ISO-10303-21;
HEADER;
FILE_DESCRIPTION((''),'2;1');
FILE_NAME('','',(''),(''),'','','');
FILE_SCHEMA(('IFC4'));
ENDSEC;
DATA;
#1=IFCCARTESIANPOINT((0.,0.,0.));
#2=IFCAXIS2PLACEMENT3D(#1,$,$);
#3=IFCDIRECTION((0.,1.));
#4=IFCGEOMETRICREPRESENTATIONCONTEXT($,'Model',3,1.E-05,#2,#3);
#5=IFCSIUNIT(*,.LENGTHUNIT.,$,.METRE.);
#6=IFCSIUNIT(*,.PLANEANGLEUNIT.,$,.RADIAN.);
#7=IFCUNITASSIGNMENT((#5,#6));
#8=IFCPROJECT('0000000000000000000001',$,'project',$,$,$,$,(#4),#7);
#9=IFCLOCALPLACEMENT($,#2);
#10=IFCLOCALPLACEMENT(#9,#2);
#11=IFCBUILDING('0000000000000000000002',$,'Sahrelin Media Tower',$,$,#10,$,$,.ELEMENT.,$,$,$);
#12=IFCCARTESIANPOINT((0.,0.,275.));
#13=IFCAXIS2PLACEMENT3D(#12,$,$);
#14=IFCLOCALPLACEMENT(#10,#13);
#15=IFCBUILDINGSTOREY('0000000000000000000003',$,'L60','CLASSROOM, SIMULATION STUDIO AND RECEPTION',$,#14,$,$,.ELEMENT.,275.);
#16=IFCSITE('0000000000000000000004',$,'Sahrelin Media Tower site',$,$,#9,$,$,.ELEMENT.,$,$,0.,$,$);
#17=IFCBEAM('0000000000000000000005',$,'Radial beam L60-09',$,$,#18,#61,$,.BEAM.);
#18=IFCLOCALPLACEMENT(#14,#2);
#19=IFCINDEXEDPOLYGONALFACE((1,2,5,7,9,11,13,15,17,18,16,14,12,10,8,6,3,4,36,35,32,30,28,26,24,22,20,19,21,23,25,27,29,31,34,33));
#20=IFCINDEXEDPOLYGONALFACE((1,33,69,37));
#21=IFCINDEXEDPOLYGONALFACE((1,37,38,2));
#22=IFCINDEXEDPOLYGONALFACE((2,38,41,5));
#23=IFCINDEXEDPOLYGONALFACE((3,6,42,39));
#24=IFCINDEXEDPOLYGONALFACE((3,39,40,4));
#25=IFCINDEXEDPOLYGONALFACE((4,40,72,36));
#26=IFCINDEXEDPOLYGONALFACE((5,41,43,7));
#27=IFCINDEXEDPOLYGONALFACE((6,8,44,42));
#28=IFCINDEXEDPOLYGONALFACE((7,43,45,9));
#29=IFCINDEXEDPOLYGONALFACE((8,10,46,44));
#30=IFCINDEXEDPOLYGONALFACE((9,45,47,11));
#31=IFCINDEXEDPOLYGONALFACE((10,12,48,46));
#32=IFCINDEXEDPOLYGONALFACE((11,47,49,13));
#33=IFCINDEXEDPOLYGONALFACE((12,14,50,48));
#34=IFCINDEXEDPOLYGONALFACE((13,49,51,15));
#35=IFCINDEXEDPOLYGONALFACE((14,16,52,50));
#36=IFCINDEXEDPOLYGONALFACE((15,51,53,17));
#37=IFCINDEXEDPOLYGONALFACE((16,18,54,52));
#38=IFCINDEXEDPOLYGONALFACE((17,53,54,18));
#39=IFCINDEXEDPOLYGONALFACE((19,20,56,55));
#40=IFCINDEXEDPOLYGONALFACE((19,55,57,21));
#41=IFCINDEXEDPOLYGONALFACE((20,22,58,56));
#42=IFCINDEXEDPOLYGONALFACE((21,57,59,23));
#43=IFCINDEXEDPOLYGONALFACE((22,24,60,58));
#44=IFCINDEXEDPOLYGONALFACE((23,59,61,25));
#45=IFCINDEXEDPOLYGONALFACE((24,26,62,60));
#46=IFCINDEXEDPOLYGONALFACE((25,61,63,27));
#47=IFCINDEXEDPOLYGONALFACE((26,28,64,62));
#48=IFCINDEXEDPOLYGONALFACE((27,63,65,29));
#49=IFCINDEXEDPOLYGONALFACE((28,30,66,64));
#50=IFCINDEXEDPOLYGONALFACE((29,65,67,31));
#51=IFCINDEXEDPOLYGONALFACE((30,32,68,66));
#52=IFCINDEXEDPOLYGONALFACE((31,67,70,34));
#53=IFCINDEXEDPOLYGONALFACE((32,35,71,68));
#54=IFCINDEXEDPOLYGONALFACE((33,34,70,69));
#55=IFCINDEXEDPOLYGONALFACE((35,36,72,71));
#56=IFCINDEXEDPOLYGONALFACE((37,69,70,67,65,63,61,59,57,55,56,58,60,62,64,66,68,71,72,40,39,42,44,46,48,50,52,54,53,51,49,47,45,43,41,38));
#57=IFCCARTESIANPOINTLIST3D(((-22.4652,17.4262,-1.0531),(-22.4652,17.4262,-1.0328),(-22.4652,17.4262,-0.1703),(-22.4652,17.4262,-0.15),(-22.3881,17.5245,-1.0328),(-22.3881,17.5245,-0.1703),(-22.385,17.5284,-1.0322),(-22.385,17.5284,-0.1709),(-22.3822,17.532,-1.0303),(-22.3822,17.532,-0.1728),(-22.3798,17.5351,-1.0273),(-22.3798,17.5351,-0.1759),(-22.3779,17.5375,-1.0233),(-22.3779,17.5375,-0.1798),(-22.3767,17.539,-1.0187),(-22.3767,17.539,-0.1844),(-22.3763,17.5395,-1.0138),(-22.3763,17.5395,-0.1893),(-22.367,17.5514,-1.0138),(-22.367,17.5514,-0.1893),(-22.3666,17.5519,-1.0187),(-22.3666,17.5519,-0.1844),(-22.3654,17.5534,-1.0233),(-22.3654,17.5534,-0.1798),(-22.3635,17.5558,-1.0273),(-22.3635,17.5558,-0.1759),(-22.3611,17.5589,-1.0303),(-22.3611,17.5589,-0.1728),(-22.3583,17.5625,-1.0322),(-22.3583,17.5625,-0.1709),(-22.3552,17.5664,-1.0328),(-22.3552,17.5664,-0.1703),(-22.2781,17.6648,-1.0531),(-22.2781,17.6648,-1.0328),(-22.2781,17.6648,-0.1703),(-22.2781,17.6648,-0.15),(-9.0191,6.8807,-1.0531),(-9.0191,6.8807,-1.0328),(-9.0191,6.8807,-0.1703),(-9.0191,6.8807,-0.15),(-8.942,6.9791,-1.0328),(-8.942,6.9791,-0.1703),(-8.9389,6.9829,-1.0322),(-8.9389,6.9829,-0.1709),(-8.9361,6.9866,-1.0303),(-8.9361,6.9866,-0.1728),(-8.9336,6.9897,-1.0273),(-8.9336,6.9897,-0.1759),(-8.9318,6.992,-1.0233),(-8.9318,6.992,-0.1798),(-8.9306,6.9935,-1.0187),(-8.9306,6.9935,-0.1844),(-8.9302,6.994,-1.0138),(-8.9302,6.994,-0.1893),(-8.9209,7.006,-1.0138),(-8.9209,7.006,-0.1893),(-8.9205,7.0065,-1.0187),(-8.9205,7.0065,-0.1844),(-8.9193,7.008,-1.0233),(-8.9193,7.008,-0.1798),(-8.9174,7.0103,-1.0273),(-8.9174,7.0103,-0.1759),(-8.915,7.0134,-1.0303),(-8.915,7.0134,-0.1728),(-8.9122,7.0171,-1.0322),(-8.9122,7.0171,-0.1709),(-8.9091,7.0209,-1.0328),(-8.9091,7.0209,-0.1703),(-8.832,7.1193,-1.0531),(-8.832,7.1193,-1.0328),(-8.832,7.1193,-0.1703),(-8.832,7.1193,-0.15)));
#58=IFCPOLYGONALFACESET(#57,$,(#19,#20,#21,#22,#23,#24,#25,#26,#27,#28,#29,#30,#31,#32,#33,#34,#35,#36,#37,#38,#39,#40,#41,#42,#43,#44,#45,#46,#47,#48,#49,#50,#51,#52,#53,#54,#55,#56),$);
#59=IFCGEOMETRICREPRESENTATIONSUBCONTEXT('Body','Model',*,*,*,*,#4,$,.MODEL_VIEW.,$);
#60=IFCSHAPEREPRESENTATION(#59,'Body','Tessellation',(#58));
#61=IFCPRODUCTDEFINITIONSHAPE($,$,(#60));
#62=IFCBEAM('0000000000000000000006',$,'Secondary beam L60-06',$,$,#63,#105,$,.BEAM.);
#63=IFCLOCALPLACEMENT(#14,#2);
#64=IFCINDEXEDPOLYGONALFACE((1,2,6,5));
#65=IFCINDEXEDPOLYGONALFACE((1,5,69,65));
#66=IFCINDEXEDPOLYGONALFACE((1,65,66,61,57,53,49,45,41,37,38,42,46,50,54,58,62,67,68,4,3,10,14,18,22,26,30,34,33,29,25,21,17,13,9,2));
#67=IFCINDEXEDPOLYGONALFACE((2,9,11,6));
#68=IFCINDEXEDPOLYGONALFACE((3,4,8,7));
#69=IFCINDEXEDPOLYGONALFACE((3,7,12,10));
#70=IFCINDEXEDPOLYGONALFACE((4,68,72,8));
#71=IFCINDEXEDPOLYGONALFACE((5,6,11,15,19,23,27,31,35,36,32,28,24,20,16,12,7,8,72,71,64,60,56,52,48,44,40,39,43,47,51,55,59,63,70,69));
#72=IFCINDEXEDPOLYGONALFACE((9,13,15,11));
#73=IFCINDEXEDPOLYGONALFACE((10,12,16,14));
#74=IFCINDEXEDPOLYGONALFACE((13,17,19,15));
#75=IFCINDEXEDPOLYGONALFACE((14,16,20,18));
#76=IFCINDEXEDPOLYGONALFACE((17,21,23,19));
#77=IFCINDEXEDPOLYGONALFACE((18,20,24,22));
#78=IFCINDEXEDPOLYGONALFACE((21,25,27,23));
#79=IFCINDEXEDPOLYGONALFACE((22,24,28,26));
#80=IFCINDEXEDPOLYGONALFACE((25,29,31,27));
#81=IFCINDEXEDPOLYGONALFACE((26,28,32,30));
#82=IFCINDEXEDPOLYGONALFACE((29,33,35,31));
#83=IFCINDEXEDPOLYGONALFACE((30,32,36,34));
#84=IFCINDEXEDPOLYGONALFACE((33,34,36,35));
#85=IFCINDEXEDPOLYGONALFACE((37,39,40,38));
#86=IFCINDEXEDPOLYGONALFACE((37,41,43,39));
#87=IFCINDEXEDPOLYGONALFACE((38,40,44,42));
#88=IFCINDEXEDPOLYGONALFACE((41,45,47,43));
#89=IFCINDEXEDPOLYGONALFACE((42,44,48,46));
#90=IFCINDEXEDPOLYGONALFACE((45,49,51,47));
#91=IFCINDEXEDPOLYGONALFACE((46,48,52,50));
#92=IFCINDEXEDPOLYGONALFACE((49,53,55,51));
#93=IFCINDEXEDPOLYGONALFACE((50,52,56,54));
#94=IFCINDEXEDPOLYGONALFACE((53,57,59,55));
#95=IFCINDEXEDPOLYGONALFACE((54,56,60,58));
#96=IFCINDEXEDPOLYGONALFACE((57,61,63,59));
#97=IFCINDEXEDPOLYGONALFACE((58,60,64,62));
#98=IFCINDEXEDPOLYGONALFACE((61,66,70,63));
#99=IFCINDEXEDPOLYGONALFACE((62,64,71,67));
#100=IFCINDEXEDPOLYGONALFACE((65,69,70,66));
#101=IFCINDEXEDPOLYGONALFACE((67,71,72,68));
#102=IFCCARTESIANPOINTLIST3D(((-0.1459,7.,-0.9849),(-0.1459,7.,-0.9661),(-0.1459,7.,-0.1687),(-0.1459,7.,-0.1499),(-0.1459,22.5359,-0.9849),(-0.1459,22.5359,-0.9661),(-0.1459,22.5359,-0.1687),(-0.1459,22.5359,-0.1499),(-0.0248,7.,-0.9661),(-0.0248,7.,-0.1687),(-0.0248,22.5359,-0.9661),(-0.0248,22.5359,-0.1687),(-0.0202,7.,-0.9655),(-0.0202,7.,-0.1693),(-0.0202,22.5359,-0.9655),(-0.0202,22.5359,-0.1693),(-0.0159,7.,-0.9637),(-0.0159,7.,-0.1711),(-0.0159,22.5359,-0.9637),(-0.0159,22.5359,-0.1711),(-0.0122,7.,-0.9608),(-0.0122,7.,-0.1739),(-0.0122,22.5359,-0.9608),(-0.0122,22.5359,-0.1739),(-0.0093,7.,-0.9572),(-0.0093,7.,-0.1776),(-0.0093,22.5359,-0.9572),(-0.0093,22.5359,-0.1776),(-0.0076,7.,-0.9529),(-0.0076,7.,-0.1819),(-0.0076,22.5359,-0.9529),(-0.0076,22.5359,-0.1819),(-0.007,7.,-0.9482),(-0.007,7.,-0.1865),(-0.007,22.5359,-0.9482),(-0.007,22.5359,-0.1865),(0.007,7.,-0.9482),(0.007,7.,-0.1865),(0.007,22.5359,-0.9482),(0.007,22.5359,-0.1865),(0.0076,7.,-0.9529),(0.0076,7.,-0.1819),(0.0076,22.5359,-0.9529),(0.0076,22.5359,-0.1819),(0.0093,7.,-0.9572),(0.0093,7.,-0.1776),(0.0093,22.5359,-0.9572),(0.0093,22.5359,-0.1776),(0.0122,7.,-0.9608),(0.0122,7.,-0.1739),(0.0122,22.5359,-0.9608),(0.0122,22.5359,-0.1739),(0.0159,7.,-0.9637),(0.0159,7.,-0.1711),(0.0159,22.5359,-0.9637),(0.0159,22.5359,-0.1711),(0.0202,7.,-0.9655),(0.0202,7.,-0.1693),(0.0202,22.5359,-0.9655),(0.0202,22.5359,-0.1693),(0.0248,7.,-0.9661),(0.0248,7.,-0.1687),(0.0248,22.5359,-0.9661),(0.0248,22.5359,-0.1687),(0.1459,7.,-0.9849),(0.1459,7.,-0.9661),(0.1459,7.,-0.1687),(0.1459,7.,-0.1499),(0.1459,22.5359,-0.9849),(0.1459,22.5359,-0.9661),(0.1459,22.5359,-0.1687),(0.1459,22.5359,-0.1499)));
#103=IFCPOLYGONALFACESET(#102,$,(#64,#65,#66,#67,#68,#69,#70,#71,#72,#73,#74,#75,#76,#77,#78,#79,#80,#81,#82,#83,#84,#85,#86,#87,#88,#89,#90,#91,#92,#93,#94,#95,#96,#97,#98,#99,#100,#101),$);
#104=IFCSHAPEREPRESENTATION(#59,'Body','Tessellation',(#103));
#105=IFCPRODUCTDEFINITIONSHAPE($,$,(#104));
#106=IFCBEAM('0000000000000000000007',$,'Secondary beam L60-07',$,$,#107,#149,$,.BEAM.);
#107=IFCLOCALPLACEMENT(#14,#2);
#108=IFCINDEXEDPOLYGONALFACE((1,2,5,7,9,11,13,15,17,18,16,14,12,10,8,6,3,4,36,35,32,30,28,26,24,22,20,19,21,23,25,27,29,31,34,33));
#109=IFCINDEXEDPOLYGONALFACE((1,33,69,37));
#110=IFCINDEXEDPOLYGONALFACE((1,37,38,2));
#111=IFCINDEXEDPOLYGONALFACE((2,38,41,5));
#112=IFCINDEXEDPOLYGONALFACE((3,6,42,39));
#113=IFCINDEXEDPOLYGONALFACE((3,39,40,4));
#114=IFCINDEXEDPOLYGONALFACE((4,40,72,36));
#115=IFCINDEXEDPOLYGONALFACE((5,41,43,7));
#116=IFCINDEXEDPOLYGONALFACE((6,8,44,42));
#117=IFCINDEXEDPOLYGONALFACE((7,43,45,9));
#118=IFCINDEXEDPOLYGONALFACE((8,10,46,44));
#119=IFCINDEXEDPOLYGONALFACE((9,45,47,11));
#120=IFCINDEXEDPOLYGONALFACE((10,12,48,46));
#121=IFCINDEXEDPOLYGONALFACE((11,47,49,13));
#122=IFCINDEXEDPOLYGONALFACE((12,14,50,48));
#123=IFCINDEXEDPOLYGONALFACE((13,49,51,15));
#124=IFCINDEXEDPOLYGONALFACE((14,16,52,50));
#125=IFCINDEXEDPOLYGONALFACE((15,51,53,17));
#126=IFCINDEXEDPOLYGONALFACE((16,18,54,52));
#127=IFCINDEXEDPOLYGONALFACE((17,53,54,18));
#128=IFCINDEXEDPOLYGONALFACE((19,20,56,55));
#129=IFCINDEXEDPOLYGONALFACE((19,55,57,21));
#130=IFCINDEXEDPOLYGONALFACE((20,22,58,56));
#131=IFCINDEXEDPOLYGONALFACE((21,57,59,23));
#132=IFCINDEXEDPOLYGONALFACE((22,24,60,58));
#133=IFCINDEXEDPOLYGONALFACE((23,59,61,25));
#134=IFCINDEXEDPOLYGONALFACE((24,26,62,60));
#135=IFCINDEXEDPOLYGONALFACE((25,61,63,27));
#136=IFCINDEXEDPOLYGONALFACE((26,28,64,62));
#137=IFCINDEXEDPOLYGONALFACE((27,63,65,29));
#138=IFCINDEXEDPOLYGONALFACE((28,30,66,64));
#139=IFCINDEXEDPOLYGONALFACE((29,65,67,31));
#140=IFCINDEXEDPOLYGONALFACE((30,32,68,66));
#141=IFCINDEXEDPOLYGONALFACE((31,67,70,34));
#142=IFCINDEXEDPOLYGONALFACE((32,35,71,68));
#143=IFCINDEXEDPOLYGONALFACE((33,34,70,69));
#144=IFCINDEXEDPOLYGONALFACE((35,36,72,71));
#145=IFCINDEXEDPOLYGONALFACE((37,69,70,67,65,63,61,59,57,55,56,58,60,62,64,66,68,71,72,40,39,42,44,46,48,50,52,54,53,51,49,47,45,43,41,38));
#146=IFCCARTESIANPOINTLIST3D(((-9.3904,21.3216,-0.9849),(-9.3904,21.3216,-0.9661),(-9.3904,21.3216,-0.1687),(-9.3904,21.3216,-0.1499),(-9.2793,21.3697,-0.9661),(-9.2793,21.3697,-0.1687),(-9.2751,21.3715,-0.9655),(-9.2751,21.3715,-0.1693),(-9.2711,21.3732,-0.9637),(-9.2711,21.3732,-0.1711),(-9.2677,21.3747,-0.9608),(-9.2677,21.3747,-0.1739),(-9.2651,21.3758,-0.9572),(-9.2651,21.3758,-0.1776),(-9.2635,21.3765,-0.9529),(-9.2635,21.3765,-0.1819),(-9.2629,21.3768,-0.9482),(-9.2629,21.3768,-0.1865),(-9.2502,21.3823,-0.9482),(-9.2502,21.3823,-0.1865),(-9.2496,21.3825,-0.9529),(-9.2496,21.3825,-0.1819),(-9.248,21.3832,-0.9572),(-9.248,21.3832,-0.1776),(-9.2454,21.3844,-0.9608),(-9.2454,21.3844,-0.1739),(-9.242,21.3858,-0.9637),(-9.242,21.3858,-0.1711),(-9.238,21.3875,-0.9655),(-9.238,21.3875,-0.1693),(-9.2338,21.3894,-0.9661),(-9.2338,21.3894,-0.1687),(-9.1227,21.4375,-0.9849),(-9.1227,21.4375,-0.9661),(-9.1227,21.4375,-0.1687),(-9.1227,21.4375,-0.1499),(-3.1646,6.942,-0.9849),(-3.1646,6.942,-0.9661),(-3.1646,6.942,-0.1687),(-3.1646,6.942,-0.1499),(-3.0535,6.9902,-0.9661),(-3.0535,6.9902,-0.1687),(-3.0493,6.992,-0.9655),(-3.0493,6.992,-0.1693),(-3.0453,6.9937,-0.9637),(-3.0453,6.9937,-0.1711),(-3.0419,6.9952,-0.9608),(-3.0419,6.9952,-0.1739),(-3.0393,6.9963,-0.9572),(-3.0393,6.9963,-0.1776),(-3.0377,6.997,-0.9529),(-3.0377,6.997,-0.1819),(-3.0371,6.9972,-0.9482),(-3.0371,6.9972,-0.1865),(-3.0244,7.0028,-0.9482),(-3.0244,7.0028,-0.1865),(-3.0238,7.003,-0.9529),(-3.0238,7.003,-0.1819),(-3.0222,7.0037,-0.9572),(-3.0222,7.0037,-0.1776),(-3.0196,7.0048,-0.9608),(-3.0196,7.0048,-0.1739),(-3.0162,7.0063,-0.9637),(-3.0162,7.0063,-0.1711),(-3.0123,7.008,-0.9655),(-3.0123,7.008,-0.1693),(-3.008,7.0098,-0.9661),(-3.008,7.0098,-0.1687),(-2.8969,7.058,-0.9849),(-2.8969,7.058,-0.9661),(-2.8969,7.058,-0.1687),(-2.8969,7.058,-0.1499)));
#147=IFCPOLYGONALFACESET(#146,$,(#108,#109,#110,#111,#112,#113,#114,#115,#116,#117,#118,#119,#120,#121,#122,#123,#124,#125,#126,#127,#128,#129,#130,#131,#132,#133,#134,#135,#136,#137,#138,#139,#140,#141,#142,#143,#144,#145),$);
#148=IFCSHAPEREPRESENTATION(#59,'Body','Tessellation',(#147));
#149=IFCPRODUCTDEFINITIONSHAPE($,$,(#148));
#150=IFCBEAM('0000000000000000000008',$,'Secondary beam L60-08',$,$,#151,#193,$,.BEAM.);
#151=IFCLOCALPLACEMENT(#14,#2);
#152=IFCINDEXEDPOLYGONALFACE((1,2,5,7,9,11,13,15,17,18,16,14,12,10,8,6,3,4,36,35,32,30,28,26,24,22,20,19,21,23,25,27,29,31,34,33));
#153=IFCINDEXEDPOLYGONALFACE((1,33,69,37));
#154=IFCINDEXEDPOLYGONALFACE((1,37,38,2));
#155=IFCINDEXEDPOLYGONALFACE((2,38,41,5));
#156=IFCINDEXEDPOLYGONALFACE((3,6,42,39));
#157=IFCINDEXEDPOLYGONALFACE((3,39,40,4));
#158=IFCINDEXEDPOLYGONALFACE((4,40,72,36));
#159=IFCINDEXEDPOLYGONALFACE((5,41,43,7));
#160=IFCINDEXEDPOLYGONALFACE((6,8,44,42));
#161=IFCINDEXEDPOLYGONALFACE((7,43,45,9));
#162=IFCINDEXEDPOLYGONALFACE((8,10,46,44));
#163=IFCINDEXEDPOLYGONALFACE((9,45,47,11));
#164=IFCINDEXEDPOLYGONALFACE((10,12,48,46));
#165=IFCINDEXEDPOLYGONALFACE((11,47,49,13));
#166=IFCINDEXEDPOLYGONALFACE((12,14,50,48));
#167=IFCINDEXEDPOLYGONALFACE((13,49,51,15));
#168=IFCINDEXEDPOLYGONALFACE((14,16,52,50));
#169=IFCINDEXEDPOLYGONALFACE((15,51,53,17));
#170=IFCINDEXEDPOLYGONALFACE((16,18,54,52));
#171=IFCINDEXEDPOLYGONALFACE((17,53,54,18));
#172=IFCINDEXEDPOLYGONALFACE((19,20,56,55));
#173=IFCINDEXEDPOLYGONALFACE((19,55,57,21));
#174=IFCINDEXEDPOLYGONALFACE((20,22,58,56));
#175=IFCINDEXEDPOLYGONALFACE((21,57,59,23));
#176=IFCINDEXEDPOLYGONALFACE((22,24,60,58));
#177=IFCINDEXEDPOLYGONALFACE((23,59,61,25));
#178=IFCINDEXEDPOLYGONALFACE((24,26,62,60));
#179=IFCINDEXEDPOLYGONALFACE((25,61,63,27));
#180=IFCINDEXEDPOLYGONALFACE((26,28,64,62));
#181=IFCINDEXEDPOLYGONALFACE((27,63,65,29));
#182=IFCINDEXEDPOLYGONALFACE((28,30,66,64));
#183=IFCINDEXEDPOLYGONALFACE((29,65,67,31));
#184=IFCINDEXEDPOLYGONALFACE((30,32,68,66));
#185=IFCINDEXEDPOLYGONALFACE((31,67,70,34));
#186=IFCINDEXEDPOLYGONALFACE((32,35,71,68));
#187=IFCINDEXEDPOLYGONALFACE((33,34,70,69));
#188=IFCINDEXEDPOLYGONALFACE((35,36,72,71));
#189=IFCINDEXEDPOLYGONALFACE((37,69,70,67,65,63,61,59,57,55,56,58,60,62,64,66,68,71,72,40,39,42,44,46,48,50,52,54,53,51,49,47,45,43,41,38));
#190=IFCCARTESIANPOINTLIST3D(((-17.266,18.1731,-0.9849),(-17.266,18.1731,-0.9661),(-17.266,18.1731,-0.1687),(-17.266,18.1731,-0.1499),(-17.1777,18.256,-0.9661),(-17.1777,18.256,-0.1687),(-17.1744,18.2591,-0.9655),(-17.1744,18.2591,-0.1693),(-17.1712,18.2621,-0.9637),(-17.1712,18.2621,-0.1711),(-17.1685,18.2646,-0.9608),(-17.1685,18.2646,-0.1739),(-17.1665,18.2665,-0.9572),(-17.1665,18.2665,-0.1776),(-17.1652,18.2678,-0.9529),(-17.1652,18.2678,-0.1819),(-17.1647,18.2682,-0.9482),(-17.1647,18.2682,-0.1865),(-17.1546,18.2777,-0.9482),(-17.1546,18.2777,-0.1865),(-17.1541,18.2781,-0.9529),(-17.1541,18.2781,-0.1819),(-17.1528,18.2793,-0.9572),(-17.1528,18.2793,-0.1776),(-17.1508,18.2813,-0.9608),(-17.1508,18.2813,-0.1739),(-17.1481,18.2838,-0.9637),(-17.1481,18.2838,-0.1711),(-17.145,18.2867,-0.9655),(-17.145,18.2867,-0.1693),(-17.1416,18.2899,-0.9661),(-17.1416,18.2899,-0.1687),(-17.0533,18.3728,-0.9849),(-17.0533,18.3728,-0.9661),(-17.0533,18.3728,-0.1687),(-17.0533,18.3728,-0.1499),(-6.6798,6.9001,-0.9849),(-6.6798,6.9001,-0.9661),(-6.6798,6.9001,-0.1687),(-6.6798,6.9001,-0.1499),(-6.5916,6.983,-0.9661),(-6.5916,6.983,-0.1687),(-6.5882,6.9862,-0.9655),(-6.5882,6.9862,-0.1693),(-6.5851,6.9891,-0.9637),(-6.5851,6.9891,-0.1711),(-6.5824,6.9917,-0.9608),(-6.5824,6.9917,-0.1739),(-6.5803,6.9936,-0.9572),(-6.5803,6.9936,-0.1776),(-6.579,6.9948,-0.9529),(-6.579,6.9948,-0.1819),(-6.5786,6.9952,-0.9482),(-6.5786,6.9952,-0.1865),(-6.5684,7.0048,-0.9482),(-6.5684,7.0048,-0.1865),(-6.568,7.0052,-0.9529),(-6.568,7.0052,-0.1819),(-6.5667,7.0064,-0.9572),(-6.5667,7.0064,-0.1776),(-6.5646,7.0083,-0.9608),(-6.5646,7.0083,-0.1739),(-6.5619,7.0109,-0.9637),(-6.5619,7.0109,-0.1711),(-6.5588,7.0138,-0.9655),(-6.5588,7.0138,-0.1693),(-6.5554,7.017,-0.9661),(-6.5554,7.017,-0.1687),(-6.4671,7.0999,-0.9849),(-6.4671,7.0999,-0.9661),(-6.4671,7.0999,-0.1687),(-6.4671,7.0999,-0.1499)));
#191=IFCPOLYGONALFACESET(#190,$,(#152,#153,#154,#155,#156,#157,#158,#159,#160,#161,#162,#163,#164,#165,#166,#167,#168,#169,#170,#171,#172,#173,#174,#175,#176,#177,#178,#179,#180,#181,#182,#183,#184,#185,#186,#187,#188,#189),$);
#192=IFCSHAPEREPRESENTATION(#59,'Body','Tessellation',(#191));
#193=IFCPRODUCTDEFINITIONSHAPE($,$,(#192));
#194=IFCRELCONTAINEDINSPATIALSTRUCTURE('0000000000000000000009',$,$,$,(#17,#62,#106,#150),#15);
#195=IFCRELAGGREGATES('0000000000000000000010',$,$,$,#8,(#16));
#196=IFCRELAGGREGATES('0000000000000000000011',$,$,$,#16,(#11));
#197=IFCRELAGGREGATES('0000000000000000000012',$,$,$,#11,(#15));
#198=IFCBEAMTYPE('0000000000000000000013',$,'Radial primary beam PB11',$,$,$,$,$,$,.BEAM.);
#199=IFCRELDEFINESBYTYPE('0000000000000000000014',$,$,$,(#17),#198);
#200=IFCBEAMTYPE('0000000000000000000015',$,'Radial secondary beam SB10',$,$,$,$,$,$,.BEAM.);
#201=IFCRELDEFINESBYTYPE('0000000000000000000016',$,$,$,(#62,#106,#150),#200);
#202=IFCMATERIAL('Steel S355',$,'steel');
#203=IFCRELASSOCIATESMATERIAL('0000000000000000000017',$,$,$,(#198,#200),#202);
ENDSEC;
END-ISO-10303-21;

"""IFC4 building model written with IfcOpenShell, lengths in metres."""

from ifc_helpers import new_model, si_unit, direction, frame, origin, origin_2d, place, context, subcontext, project, spatial, i_section, extrude, material, material_profile, profile_set, type_object, element, save


model = new_model("IFC4")

# Units and contexts
model_context = context("Model", 3, precision=1e-05, world=origin(), true_north=direction((0.0, 1.0)))
body_context = subcontext(model_context, "Body", "Model", "MODEL_VIEW")
ifc_project = project(units=[si_unit("LENGTHUNIT", "METRE"), si_unit("PLANEANGLEUNIT", "RADIAN")], contexts=[model_context])

# Site, building, storey
site_placement = place(None, origin())
site = spatial("IfcSite", under=ifc_project, at=site_placement, Name="Sahrelin Media Tower site", CompositionType="ELEMENT", RefElevation=0.0)
building_placement = place(site_placement, origin())
building = spatial("IfcBuilding", under=site, at=building_placement, Name="Sahrelin Media Tower", CompositionType="ELEMENT")
storey_placement = place(building_placement, frame((0.0, 0.0, 275.0)))
storey = spatial("IfcBuildingStorey", under=building, at=storey_placement, Name="L60", Description="CLASSROOM, SIMULATION STUDIO AND RECEPTION", CompositionType="ELEMENT", Elevation=275.0)

# Shared definitions
ifc_material_1 = material(Name="Steel S355", Category="steel")

# Beams
ifc_material_profile_1 = material_profile(ifc_material_1, i_section(OverallWidth=0.3032, OverallDepth=0.9031, WebThickness=0.0151, FlangeThickness=0.0203, FilletRadius=0.019, at=origin_2d()), Name="UB 914x305x201")
ifc_profile_set_1 = profile_set([ifc_material_profile_1], Name="Steel S355")
beam_type_1 = type_object("IfcBeamType", Name="Radial primary beam PB11", PredefinedType="BEAM", material=ifc_profile_set_1)
beam_1_placement = place(storey_placement, frame((-8.9255, 7.0, -0.6016), z_axis=(-0.786868, 0.617122, 0.0), x_axis=(-0.617122, -0.786868, 0.0)))
element("IfcBeam", 1, at=beam_1_placement, inside=storey, type_object=beam_type_1, Name="Radial beam L60-09", PredefinedType="BEAM", context=body_context, shape_type="SweptSolid", body=[
    extrude(i_section(OverallWidth=0.3032, OverallDepth=0.9031, WebThickness=0.0151, FlangeThickness=0.0203, FilletRadius=0.019, at=origin_2d()), origin(), (0.0, 0.0, 1.0), 17.0881),
])
ifc_material_profile_2 = material_profile(ifc_material_1, i_section(OverallWidth=0.2917, OverallDepth=0.835, WebThickness=0.0139, FlangeThickness=0.0188, FilletRadius=0.0178, at=origin_2d()), Name="UB 838x292x176")
ifc_profile_set_2 = profile_set([ifc_material_profile_2], Name="Steel S355")
beam_type_2 = type_object("IfcBeamType", Name="Radial secondary beam SB10", PredefinedType="BEAM", material=ifc_profile_set_2)
beam_2_placement = place(storey_placement, frame((0.0, 7.0, -0.5674), z_axis=(0.0, 1.0, 0.0), x_axis=(-1.0, 0.0, 0.0)))
element("IfcBeam", 2, at=beam_2_placement, inside=storey, type_object=beam_type_2, Name="Secondary beam L60-06", PredefinedType="BEAM", context=body_context, shape_type="SweptSolid", body=[
    extrude(i_section(OverallWidth=0.2917, OverallDepth=0.835, WebThickness=0.0139, FlangeThickness=0.0188, FilletRadius=0.0178, at=origin_2d()), origin(), (0.0, 0.0, 1.0), 15.5359),
])
beam_3_placement = place(storey_placement, frame((-3.0308, 7.0, -0.5674), z_axis=(-0.39732, 0.91768, 0.0), x_axis=(-0.91768, -0.39732, 0.0)))
element("IfcBeam", 3, at=beam_3_placement, inside=storey, type_object=beam_type_2, Name="Secondary beam L60-07", PredefinedType="BEAM", context=body_context, shape_type="SweptSolid", body=[
    extrude(i_section(OverallWidth=0.2917, OverallDepth=0.835, WebThickness=0.0139, FlangeThickness=0.0188, FilletRadius=0.0178, at=origin_2d()), origin(), (0.0, 0.0, 1.0), 15.6694),
])
beam_4_placement = place(storey_placement, frame((-6.5735, 7.0, -0.5674), z_axis=(-0.684553, 0.728963, 0.0), x_axis=(-0.728963, -0.684553, 0.0)))
element("IfcBeam", 4, at=beam_4_placement, inside=storey, type_object=beam_type_2, Name="Secondary beam L60-08", PredefinedType="BEAM", context=body_context, shape_type="SweptSolid", body=[
    extrude(i_section(OverallWidth=0.2917, OverallDepth=0.835, WebThickness=0.0139, FlangeThickness=0.0188, FilletRadius=0.0178, at=origin_2d()), origin(), (0.0, 0.0, 1.0), 15.4644),
])

save(model, "model.ifc")
